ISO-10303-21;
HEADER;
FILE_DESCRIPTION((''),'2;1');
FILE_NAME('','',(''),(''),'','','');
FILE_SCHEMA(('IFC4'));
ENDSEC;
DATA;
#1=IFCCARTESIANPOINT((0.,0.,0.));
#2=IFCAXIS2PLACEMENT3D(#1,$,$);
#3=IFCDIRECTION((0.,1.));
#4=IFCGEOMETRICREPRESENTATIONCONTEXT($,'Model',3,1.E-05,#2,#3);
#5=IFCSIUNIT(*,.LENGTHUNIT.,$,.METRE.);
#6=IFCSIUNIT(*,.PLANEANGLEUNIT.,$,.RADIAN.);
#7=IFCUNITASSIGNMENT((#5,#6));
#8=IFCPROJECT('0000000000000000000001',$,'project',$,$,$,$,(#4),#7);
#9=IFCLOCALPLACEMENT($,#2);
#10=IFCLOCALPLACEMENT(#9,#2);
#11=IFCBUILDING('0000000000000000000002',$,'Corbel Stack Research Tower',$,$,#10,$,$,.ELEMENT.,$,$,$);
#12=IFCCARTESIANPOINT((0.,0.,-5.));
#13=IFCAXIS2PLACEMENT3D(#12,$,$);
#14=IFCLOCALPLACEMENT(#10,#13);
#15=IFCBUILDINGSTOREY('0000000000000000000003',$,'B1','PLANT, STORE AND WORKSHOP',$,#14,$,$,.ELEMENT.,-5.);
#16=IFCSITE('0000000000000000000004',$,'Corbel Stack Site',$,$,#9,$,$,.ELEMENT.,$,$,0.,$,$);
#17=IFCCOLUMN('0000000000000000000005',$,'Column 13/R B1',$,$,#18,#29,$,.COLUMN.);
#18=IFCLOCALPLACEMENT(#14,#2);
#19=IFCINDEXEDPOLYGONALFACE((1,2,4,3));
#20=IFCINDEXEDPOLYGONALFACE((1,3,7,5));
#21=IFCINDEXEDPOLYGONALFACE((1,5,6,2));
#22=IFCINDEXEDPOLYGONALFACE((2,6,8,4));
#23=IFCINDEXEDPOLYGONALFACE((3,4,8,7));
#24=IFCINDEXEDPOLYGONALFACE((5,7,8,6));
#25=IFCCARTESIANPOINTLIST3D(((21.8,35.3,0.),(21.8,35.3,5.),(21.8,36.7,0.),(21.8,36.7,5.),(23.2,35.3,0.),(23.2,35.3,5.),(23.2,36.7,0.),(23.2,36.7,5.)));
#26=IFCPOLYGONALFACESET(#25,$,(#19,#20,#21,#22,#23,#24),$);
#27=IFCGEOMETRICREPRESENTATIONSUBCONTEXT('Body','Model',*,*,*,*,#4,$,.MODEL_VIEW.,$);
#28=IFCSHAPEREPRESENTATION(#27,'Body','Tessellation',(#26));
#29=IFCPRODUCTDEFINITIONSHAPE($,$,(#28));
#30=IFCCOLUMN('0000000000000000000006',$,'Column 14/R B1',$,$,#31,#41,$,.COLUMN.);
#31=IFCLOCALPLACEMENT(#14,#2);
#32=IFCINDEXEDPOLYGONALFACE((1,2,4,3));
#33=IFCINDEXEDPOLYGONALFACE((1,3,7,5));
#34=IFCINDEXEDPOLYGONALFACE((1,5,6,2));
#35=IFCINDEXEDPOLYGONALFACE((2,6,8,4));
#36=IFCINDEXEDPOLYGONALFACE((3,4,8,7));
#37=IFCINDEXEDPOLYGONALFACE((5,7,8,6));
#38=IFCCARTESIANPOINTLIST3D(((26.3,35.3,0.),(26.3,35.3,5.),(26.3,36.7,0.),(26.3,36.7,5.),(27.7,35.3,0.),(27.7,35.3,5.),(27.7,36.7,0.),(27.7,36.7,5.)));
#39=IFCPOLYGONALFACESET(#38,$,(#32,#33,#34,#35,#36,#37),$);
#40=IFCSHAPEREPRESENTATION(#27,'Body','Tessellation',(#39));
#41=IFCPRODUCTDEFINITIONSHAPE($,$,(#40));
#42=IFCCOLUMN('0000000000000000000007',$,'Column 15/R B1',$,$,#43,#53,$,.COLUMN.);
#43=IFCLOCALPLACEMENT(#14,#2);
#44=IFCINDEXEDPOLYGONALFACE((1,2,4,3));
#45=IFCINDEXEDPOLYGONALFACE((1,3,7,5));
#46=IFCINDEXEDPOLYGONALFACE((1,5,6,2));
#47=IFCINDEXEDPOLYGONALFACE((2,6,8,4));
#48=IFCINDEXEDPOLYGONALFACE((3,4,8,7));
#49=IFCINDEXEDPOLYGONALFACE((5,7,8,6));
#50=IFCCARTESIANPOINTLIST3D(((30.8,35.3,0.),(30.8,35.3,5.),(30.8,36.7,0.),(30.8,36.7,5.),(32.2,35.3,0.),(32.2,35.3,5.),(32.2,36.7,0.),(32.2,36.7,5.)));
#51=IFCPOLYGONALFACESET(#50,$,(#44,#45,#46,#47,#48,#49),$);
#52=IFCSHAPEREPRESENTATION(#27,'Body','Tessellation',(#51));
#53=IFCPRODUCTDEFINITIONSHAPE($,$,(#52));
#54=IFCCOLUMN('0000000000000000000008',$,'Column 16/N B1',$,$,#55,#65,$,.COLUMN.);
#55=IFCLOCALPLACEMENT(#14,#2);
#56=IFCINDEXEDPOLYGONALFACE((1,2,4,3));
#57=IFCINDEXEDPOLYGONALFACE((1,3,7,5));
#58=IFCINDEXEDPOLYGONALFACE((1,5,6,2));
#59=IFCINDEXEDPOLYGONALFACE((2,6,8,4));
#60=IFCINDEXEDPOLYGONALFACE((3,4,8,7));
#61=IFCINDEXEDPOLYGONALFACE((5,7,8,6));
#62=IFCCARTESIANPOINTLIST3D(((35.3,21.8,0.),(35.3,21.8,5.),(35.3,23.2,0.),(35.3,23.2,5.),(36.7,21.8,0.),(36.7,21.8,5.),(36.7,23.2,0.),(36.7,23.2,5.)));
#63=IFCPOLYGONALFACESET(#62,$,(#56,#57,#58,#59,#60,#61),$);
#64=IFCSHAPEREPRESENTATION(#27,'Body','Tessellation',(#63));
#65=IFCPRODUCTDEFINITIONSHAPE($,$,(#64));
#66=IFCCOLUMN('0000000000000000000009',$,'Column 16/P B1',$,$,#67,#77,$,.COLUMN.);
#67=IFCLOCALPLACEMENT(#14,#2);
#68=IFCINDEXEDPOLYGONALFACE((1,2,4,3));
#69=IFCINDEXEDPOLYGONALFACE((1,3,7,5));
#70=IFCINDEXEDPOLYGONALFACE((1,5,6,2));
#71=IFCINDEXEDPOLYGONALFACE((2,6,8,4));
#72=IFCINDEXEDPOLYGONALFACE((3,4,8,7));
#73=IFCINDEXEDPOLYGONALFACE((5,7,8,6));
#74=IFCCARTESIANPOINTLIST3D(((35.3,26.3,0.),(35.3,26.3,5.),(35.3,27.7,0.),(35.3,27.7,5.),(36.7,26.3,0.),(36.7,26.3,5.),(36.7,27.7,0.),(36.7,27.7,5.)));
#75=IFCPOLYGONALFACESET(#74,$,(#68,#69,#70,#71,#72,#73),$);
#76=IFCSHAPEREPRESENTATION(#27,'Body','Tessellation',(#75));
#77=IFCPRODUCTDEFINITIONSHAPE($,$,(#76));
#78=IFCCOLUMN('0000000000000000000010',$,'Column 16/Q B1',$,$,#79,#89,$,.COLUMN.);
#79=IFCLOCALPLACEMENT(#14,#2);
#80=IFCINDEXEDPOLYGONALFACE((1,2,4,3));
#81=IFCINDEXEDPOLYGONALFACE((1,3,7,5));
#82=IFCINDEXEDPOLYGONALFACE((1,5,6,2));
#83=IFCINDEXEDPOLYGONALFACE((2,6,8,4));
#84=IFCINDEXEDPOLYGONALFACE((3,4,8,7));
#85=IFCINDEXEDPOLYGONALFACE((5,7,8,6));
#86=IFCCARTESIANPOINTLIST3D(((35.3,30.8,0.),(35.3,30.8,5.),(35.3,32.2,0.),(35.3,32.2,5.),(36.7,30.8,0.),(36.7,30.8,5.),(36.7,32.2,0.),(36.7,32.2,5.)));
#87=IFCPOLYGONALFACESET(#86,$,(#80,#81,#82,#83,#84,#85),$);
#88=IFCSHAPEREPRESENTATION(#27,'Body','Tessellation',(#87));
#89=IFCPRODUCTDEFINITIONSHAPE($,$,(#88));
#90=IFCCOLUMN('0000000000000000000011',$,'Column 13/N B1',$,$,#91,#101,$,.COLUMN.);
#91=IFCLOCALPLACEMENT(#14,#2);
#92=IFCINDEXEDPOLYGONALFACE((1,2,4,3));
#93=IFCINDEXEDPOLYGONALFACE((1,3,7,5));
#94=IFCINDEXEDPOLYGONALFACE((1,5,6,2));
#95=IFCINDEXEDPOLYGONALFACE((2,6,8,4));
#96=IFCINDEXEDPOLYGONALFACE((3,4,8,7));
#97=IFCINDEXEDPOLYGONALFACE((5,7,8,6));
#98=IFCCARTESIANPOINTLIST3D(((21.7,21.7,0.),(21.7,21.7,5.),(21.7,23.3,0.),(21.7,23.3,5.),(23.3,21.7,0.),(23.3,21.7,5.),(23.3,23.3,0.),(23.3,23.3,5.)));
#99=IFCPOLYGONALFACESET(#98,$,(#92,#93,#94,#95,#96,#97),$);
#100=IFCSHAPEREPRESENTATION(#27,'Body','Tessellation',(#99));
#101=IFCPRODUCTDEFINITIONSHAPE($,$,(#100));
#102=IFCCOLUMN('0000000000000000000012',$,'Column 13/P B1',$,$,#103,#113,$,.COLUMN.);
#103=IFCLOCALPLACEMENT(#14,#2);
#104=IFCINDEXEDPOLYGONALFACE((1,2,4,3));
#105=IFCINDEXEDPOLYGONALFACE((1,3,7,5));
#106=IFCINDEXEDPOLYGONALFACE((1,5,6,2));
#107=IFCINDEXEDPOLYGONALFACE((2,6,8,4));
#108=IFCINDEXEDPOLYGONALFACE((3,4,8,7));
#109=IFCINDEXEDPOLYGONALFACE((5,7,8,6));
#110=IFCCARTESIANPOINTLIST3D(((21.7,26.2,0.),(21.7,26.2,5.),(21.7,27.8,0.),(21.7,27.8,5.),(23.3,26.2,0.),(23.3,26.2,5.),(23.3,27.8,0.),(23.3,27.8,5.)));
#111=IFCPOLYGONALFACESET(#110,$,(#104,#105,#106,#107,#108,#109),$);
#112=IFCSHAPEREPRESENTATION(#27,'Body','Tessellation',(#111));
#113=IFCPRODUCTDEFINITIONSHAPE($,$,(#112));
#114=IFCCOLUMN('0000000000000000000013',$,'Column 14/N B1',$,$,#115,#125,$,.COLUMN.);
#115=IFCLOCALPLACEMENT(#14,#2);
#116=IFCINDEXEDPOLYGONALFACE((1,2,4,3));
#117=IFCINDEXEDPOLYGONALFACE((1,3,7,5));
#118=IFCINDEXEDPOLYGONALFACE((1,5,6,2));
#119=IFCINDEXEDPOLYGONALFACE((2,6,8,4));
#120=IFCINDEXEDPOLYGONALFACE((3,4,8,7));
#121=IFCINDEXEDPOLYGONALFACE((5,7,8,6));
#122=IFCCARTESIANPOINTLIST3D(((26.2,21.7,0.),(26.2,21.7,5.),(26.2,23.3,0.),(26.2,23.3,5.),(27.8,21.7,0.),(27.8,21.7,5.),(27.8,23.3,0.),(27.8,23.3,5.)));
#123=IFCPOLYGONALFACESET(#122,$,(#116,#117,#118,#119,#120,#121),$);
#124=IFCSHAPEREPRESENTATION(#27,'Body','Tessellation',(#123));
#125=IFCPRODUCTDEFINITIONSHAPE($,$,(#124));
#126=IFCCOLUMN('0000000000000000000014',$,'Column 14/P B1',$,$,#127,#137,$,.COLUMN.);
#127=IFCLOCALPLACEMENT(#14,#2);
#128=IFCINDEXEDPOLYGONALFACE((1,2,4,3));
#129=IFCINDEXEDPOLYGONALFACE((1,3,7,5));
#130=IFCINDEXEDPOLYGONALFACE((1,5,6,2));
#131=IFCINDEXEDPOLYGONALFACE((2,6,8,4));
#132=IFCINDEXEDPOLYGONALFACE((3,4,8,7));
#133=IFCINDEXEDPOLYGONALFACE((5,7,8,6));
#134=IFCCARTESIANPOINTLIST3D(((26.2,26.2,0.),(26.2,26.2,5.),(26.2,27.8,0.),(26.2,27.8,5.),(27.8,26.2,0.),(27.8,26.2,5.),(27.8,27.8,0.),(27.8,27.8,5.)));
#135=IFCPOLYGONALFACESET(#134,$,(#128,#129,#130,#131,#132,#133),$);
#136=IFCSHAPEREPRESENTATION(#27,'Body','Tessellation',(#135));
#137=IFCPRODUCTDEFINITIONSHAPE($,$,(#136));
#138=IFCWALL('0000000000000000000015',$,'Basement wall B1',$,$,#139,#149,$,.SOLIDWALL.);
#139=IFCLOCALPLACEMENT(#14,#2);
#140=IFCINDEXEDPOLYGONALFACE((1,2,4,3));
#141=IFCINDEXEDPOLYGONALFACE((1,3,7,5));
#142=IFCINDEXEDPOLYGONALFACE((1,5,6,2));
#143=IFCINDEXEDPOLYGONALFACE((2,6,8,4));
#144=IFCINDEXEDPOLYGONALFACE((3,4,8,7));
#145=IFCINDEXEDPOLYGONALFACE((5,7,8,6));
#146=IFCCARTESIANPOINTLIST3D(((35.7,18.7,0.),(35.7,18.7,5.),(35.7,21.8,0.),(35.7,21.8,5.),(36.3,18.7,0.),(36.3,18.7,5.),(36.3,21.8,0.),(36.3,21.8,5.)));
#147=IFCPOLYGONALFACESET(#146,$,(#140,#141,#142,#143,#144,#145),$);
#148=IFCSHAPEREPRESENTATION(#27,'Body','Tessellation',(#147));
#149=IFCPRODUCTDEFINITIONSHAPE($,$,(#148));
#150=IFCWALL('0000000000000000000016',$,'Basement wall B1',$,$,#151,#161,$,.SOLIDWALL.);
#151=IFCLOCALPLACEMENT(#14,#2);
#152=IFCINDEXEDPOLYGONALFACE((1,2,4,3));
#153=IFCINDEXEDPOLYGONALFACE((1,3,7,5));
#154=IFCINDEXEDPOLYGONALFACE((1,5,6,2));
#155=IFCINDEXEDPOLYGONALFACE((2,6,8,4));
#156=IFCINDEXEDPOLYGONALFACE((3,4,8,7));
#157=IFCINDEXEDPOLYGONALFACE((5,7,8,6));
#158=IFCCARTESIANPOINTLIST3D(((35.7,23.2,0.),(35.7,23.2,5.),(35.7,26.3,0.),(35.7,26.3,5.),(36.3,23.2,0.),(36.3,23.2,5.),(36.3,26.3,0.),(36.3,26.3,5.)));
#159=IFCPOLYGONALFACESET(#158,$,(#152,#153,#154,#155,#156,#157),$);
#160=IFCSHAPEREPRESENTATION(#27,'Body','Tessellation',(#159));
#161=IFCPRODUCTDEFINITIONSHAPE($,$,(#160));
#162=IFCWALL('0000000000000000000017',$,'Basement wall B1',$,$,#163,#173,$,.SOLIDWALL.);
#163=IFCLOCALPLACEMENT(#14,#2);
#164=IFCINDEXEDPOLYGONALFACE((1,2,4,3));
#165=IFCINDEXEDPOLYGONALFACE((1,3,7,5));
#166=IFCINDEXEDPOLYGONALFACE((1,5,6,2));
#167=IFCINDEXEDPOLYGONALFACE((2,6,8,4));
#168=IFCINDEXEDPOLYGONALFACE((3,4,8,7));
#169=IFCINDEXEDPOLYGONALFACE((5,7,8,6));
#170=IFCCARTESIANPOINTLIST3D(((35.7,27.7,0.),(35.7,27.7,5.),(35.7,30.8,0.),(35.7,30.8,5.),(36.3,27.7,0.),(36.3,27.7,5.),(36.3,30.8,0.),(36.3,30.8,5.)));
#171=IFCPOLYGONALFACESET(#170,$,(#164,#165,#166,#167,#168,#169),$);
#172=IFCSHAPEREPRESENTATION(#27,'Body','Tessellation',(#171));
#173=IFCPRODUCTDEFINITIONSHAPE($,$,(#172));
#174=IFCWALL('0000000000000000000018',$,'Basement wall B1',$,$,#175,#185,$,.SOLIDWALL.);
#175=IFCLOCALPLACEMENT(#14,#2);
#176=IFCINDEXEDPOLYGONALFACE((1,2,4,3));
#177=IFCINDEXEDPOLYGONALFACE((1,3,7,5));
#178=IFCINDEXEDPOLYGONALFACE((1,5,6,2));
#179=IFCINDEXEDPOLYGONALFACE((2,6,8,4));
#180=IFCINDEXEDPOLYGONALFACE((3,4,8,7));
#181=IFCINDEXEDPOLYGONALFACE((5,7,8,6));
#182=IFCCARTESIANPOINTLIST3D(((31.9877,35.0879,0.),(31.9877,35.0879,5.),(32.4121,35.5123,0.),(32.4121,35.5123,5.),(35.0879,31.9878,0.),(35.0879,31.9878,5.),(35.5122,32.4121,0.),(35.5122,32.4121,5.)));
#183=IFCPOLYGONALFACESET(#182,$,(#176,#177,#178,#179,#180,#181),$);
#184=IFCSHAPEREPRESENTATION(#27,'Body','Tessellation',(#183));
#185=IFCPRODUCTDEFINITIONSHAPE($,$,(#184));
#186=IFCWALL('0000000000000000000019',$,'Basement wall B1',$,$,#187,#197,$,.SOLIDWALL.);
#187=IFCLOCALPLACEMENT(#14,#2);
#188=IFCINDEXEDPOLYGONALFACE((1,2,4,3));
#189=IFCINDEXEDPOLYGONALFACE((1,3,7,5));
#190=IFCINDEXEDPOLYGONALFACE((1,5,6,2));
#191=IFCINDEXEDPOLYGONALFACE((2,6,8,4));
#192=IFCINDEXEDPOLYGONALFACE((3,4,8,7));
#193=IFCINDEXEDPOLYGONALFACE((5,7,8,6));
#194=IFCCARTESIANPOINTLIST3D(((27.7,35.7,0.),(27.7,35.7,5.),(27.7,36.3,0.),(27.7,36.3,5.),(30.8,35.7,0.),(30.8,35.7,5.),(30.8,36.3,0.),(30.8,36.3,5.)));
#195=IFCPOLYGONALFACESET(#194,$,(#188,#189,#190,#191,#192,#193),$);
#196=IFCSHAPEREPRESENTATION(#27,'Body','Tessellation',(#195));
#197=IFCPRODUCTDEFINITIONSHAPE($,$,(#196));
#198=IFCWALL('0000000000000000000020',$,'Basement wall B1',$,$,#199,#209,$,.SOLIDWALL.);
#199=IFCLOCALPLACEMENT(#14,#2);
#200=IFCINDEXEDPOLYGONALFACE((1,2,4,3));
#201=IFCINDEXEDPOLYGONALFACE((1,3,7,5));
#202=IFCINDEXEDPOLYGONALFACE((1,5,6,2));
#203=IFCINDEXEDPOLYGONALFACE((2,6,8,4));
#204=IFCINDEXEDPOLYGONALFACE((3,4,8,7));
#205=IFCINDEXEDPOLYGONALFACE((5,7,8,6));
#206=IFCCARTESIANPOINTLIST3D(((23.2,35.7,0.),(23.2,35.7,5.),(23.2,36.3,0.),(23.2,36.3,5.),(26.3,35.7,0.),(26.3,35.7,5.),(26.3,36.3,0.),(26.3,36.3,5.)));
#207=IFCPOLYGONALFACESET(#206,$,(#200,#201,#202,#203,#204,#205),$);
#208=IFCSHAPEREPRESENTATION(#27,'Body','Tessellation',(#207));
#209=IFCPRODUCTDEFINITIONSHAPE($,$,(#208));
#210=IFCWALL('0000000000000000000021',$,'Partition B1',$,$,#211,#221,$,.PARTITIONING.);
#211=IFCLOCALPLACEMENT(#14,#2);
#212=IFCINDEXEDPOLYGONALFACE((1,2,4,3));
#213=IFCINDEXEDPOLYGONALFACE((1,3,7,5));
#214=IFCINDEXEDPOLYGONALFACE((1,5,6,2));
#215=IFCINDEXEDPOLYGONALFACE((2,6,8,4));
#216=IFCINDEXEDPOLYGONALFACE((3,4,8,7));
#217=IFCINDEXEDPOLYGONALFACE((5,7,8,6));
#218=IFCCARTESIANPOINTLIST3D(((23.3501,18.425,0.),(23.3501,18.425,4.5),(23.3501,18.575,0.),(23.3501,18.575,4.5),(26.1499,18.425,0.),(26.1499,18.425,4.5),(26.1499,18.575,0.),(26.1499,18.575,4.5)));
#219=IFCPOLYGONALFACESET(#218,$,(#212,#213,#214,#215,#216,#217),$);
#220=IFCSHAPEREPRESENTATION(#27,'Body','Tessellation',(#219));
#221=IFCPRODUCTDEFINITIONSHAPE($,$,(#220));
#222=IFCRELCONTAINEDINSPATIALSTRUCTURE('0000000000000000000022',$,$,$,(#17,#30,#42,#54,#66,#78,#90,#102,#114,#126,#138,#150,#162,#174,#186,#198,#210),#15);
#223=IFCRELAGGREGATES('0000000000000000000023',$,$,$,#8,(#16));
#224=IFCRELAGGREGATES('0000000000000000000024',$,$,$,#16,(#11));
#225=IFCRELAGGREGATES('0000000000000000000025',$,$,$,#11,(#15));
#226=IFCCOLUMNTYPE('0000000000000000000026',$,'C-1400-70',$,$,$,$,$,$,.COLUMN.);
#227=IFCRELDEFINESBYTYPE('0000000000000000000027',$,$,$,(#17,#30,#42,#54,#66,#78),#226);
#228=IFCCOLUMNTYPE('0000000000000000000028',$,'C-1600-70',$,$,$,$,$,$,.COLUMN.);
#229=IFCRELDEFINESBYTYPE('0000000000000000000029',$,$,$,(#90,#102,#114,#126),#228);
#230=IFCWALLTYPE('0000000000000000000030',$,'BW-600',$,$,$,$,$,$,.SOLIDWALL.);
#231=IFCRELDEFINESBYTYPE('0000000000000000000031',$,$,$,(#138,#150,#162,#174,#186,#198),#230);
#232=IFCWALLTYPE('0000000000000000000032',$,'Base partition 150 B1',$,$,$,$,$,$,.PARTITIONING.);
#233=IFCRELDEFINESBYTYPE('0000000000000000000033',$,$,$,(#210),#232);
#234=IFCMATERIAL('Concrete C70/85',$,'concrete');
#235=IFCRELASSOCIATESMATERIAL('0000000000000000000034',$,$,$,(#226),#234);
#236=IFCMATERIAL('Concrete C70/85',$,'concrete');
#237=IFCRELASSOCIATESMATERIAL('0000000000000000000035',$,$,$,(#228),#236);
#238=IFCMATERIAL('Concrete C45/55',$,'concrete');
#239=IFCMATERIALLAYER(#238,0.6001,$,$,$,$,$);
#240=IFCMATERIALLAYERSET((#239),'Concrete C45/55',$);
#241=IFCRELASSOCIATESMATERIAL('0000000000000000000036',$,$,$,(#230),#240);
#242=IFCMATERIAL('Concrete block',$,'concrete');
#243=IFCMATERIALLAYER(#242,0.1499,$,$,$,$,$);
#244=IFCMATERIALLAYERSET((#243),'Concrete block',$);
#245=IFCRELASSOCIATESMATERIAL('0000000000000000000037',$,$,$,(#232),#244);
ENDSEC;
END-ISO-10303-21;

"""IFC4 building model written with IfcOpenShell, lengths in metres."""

from ifc_helpers import new_model, si_unit, direction, frame, frame_2d, origin, origin_2d, place, context, subcontext, project, spatial, rectangle, extrude, material, layer, layer_set, material_profile, profile_set, type_object, element, save


model = new_model("IFC4")

# Units and contexts
model_context = context("Model", 3, precision=1e-05, world=origin(), true_north=direction((0.0, 1.0)))
body_context = subcontext(model_context, "Body", "Model", "MODEL_VIEW")
ifc_project = project(units=[si_unit("LENGTHUNIT", "METRE"), si_unit("PLANEANGLEUNIT", "RADIAN")], contexts=[model_context])

# Site, building, storey
site_placement = place(None, origin())
site = spatial("IfcSite", under=ifc_project, at=site_placement, Name="Corbel Stack Site", CompositionType="ELEMENT", RefElevation=0.0)
building_placement = place(site_placement, origin())
building = spatial("IfcBuilding", under=site, at=building_placement, Name="Corbel Stack Research Tower", CompositionType="ELEMENT")
storey_placement = place(building_placement, frame((0.0, 0.0, -5.0)))
storey = spatial("IfcBuildingStorey", under=building, at=storey_placement, Name="B1", Description="PLANT, STORE AND WORKSHOP", CompositionType="ELEMENT", Elevation=-5.0)

# Columns
ifc_material_1 = material(Name="Concrete C70/85", Category="concrete")
ifc_material_profile_1 = material_profile(ifc_material_1, rectangle(XDim=1.3999, YDim=1.3999, at=origin_2d()), Name="RC 1400 x 1400")
ifc_profile_set_1 = profile_set([ifc_material_profile_1], Name="Concrete C70/85")
column_type_1 = type_object("IfcColumnType", Name="C-1400-70", PredefinedType="COLUMN", material=ifc_profile_set_1)
for number, where, z_axis, x_axis, name in (
    (1, (22.5, 36.0, 0.0), (0.0, 0.0, 1.0), (1.0, 0.0, 0.0), "Column 13/R B1"),
    (2, (27.0, 36.0, 0.0), (0.0, 0.0, 1.0), (1.0, 0.0, 0.0), "Column 14/R B1"),
    (3, (31.5, 36.0, 0.0), (0.0, 0.0, 1.0), (1.0, 0.0, 0.0), "Column 15/R B1"),
    (4, (36.0, 22.5, 0.0), (0.0, 0.0, 1.0), (1.0, 0.0, 0.0), "Column 16/N B1"),
    (5, (36.0, 27.0, 0.0), (0.0, 0.0, 1.0), (1.0, 0.0, 0.0), "Column 16/P B1"),
    (6, (36.0, 31.5, 0.0), (0.0, 0.0, 1.0), (1.0, 0.0, 0.0), "Column 16/Q B1"),
):
    element("IfcColumn", number, at=place(storey_placement, frame(where, z_axis=z_axis, x_axis=x_axis)), inside=storey, type_object=column_type_1, Name=name, PredefinedType="COLUMN", context=body_context, shape_type="SweptSolid", body=[
        extrude(rectangle(XDim=1.3999, YDim=1.3999, at=origin_2d()), origin(), (0.0, 0.0, 1.0), 5.0),
    ])
ifc_material_2 = material(Name="Concrete C70/85", Category="concrete")
ifc_material_profile_2 = material_profile(ifc_material_2, rectangle(XDim=1.6001, YDim=1.6001, at=origin_2d()), Name="RC 1600 x 1600")
ifc_profile_set_2 = profile_set([ifc_material_profile_2], Name="Concrete C70/85")
column_type_2 = type_object("IfcColumnType", Name="C-1600-70", PredefinedType="COLUMN", material=ifc_profile_set_2)
for number, where, z_axis, x_axis, name in (
    (7, (22.5, 22.5, 0.0), (0.0, 0.0, 1.0), (1.0, 0.0, 0.0), "Column 13/N B1"),
    (8, (22.5, 27.0, 0.0), (0.0, 0.0, 1.0), (1.0, 0.0, 0.0), "Column 13/P B1"),
    (9, (27.0, 22.5, 0.0), (0.0, 0.0, 1.0), (1.0, 0.0, 0.0), "Column 14/N B1"),
    (10, (27.0, 27.0, 0.0), (0.0, 0.0, 1.0), (1.0, 0.0, 0.0), "Column 14/P B1"),
):
    element("IfcColumn", number, at=place(storey_placement, frame(where, z_axis=z_axis, x_axis=x_axis)), inside=storey, type_object=column_type_2, Name=name, PredefinedType="COLUMN", context=body_context, shape_type="SweptSolid", body=[
        extrude(rectangle(XDim=1.6001, YDim=1.6001, at=origin_2d()), origin(), (0.0, 0.0, 1.0), 5.0),
    ])

# Walls
ifc_material_3 = material(Name="Concrete C45/55", Category="concrete")
ifc_layer_1 = layer(ifc_material_3, 0.6001)
ifc_layer_set_1 = layer_set([ifc_layer_1], Name="Concrete C45/55")
wall_type_1 = type_object("IfcWallType", Name="BW-600", PredefinedType="SOLIDWALL", material=ifc_layer_set_1)
for number, where, z_axis, x_axis, name in (
    (11, (36.0, 18.7, 0.0), (0.0, 0.0, 1.0), (0.0, 1.0, 0.0), "Basement wall B1"),
    (12, (36.0, 23.2, 0.0), (0.0, 0.0, 1.0), (0.0, 1.0, 0.0), "Basement wall B1"),
    (13, (36.0, 27.7, 0.0), (0.0, 0.0, 1.0), (0.0, 1.0, 0.0), "Basement wall B1"),
):
    element("IfcWall", number, at=place(storey_placement, frame(where, z_axis=z_axis, x_axis=x_axis)), inside=storey, type_object=wall_type_1, Name=name, PredefinedType="SOLIDWALL", context=body_context, shape_type="SweptSolid", body=[
        extrude(rectangle(XDim=3.1001, YDim=0.6001, at=frame_2d((1.55, 0.0))), origin(), (0.0, 0.0, 1.0), 5.0),
    ])
wall_1_placement = place(storey_placement, frame((35.3, 32.2, 0.0), z_axis=(0.0, 0.0, 1.0), x_axis=(-0.707107, 0.707107, 0.0)))
element("IfcWall", 14, at=wall_1_placement, inside=storey, type_object=wall_type_1, Name="Basement wall B1", PredefinedType="SOLIDWALL", context=body_context, shape_type="SweptSolid", body=[
    extrude(rectangle(XDim=4.3843, YDim=0.6001, at=frame_2d((2.1921, 0.0))), origin(), (0.0, 0.0, 1.0), 5.0),
])
for number, where, z_axis, x_axis, name in (
    (15, (30.8, 36.0, 0.0), (0.0, 0.0, 1.0), (-1.0, 0.0, 0.0), "Basement wall B1"),
    (16, (26.3, 36.0, 0.0), (0.0, 0.0, 1.0), (-1.0, 0.0, 0.0), "Basement wall B1"),
):
    element("IfcWall", number, at=place(storey_placement, frame(where, z_axis=z_axis, x_axis=x_axis)), inside=storey, type_object=wall_type_1, Name=name, PredefinedType="SOLIDWALL", context=body_context, shape_type="SweptSolid", body=[
        extrude(rectangle(XDim=3.1001, YDim=0.6001, at=frame_2d((1.55, 0.0))), origin(), (0.0, 0.0, 1.0), 5.0),
    ])
ifc_material_4 = material(Name="Concrete block", Category="concrete")
ifc_layer_2 = layer(ifc_material_4, 0.1499)
ifc_layer_set_2 = layer_set([ifc_layer_2], Name="Concrete block")
wall_type_2 = type_object("IfcWallType", Name="Base partition 150 B1", PredefinedType="PARTITIONING", material=ifc_layer_set_2)
wall_2_placement = place(storey_placement, frame((23.3501, 18.5, 0.0), z_axis=(0.0, 0.0, 1.0), x_axis=(1.0, 0.0, 0.0)))
element("IfcWall", 17, at=wall_2_placement, inside=storey, type_object=wall_type_2, Name="Partition B1", PredefinedType="PARTITIONING", context=body_context, shape_type="SweptSolid", body=[
    extrude(rectangle(XDim=2.7998, YDim=0.1499, at=frame_2d((1.3999, 0.0))), origin(), (0.0, 0.0, 1.0), 4.5),
])

save(model, "model.ifc")
